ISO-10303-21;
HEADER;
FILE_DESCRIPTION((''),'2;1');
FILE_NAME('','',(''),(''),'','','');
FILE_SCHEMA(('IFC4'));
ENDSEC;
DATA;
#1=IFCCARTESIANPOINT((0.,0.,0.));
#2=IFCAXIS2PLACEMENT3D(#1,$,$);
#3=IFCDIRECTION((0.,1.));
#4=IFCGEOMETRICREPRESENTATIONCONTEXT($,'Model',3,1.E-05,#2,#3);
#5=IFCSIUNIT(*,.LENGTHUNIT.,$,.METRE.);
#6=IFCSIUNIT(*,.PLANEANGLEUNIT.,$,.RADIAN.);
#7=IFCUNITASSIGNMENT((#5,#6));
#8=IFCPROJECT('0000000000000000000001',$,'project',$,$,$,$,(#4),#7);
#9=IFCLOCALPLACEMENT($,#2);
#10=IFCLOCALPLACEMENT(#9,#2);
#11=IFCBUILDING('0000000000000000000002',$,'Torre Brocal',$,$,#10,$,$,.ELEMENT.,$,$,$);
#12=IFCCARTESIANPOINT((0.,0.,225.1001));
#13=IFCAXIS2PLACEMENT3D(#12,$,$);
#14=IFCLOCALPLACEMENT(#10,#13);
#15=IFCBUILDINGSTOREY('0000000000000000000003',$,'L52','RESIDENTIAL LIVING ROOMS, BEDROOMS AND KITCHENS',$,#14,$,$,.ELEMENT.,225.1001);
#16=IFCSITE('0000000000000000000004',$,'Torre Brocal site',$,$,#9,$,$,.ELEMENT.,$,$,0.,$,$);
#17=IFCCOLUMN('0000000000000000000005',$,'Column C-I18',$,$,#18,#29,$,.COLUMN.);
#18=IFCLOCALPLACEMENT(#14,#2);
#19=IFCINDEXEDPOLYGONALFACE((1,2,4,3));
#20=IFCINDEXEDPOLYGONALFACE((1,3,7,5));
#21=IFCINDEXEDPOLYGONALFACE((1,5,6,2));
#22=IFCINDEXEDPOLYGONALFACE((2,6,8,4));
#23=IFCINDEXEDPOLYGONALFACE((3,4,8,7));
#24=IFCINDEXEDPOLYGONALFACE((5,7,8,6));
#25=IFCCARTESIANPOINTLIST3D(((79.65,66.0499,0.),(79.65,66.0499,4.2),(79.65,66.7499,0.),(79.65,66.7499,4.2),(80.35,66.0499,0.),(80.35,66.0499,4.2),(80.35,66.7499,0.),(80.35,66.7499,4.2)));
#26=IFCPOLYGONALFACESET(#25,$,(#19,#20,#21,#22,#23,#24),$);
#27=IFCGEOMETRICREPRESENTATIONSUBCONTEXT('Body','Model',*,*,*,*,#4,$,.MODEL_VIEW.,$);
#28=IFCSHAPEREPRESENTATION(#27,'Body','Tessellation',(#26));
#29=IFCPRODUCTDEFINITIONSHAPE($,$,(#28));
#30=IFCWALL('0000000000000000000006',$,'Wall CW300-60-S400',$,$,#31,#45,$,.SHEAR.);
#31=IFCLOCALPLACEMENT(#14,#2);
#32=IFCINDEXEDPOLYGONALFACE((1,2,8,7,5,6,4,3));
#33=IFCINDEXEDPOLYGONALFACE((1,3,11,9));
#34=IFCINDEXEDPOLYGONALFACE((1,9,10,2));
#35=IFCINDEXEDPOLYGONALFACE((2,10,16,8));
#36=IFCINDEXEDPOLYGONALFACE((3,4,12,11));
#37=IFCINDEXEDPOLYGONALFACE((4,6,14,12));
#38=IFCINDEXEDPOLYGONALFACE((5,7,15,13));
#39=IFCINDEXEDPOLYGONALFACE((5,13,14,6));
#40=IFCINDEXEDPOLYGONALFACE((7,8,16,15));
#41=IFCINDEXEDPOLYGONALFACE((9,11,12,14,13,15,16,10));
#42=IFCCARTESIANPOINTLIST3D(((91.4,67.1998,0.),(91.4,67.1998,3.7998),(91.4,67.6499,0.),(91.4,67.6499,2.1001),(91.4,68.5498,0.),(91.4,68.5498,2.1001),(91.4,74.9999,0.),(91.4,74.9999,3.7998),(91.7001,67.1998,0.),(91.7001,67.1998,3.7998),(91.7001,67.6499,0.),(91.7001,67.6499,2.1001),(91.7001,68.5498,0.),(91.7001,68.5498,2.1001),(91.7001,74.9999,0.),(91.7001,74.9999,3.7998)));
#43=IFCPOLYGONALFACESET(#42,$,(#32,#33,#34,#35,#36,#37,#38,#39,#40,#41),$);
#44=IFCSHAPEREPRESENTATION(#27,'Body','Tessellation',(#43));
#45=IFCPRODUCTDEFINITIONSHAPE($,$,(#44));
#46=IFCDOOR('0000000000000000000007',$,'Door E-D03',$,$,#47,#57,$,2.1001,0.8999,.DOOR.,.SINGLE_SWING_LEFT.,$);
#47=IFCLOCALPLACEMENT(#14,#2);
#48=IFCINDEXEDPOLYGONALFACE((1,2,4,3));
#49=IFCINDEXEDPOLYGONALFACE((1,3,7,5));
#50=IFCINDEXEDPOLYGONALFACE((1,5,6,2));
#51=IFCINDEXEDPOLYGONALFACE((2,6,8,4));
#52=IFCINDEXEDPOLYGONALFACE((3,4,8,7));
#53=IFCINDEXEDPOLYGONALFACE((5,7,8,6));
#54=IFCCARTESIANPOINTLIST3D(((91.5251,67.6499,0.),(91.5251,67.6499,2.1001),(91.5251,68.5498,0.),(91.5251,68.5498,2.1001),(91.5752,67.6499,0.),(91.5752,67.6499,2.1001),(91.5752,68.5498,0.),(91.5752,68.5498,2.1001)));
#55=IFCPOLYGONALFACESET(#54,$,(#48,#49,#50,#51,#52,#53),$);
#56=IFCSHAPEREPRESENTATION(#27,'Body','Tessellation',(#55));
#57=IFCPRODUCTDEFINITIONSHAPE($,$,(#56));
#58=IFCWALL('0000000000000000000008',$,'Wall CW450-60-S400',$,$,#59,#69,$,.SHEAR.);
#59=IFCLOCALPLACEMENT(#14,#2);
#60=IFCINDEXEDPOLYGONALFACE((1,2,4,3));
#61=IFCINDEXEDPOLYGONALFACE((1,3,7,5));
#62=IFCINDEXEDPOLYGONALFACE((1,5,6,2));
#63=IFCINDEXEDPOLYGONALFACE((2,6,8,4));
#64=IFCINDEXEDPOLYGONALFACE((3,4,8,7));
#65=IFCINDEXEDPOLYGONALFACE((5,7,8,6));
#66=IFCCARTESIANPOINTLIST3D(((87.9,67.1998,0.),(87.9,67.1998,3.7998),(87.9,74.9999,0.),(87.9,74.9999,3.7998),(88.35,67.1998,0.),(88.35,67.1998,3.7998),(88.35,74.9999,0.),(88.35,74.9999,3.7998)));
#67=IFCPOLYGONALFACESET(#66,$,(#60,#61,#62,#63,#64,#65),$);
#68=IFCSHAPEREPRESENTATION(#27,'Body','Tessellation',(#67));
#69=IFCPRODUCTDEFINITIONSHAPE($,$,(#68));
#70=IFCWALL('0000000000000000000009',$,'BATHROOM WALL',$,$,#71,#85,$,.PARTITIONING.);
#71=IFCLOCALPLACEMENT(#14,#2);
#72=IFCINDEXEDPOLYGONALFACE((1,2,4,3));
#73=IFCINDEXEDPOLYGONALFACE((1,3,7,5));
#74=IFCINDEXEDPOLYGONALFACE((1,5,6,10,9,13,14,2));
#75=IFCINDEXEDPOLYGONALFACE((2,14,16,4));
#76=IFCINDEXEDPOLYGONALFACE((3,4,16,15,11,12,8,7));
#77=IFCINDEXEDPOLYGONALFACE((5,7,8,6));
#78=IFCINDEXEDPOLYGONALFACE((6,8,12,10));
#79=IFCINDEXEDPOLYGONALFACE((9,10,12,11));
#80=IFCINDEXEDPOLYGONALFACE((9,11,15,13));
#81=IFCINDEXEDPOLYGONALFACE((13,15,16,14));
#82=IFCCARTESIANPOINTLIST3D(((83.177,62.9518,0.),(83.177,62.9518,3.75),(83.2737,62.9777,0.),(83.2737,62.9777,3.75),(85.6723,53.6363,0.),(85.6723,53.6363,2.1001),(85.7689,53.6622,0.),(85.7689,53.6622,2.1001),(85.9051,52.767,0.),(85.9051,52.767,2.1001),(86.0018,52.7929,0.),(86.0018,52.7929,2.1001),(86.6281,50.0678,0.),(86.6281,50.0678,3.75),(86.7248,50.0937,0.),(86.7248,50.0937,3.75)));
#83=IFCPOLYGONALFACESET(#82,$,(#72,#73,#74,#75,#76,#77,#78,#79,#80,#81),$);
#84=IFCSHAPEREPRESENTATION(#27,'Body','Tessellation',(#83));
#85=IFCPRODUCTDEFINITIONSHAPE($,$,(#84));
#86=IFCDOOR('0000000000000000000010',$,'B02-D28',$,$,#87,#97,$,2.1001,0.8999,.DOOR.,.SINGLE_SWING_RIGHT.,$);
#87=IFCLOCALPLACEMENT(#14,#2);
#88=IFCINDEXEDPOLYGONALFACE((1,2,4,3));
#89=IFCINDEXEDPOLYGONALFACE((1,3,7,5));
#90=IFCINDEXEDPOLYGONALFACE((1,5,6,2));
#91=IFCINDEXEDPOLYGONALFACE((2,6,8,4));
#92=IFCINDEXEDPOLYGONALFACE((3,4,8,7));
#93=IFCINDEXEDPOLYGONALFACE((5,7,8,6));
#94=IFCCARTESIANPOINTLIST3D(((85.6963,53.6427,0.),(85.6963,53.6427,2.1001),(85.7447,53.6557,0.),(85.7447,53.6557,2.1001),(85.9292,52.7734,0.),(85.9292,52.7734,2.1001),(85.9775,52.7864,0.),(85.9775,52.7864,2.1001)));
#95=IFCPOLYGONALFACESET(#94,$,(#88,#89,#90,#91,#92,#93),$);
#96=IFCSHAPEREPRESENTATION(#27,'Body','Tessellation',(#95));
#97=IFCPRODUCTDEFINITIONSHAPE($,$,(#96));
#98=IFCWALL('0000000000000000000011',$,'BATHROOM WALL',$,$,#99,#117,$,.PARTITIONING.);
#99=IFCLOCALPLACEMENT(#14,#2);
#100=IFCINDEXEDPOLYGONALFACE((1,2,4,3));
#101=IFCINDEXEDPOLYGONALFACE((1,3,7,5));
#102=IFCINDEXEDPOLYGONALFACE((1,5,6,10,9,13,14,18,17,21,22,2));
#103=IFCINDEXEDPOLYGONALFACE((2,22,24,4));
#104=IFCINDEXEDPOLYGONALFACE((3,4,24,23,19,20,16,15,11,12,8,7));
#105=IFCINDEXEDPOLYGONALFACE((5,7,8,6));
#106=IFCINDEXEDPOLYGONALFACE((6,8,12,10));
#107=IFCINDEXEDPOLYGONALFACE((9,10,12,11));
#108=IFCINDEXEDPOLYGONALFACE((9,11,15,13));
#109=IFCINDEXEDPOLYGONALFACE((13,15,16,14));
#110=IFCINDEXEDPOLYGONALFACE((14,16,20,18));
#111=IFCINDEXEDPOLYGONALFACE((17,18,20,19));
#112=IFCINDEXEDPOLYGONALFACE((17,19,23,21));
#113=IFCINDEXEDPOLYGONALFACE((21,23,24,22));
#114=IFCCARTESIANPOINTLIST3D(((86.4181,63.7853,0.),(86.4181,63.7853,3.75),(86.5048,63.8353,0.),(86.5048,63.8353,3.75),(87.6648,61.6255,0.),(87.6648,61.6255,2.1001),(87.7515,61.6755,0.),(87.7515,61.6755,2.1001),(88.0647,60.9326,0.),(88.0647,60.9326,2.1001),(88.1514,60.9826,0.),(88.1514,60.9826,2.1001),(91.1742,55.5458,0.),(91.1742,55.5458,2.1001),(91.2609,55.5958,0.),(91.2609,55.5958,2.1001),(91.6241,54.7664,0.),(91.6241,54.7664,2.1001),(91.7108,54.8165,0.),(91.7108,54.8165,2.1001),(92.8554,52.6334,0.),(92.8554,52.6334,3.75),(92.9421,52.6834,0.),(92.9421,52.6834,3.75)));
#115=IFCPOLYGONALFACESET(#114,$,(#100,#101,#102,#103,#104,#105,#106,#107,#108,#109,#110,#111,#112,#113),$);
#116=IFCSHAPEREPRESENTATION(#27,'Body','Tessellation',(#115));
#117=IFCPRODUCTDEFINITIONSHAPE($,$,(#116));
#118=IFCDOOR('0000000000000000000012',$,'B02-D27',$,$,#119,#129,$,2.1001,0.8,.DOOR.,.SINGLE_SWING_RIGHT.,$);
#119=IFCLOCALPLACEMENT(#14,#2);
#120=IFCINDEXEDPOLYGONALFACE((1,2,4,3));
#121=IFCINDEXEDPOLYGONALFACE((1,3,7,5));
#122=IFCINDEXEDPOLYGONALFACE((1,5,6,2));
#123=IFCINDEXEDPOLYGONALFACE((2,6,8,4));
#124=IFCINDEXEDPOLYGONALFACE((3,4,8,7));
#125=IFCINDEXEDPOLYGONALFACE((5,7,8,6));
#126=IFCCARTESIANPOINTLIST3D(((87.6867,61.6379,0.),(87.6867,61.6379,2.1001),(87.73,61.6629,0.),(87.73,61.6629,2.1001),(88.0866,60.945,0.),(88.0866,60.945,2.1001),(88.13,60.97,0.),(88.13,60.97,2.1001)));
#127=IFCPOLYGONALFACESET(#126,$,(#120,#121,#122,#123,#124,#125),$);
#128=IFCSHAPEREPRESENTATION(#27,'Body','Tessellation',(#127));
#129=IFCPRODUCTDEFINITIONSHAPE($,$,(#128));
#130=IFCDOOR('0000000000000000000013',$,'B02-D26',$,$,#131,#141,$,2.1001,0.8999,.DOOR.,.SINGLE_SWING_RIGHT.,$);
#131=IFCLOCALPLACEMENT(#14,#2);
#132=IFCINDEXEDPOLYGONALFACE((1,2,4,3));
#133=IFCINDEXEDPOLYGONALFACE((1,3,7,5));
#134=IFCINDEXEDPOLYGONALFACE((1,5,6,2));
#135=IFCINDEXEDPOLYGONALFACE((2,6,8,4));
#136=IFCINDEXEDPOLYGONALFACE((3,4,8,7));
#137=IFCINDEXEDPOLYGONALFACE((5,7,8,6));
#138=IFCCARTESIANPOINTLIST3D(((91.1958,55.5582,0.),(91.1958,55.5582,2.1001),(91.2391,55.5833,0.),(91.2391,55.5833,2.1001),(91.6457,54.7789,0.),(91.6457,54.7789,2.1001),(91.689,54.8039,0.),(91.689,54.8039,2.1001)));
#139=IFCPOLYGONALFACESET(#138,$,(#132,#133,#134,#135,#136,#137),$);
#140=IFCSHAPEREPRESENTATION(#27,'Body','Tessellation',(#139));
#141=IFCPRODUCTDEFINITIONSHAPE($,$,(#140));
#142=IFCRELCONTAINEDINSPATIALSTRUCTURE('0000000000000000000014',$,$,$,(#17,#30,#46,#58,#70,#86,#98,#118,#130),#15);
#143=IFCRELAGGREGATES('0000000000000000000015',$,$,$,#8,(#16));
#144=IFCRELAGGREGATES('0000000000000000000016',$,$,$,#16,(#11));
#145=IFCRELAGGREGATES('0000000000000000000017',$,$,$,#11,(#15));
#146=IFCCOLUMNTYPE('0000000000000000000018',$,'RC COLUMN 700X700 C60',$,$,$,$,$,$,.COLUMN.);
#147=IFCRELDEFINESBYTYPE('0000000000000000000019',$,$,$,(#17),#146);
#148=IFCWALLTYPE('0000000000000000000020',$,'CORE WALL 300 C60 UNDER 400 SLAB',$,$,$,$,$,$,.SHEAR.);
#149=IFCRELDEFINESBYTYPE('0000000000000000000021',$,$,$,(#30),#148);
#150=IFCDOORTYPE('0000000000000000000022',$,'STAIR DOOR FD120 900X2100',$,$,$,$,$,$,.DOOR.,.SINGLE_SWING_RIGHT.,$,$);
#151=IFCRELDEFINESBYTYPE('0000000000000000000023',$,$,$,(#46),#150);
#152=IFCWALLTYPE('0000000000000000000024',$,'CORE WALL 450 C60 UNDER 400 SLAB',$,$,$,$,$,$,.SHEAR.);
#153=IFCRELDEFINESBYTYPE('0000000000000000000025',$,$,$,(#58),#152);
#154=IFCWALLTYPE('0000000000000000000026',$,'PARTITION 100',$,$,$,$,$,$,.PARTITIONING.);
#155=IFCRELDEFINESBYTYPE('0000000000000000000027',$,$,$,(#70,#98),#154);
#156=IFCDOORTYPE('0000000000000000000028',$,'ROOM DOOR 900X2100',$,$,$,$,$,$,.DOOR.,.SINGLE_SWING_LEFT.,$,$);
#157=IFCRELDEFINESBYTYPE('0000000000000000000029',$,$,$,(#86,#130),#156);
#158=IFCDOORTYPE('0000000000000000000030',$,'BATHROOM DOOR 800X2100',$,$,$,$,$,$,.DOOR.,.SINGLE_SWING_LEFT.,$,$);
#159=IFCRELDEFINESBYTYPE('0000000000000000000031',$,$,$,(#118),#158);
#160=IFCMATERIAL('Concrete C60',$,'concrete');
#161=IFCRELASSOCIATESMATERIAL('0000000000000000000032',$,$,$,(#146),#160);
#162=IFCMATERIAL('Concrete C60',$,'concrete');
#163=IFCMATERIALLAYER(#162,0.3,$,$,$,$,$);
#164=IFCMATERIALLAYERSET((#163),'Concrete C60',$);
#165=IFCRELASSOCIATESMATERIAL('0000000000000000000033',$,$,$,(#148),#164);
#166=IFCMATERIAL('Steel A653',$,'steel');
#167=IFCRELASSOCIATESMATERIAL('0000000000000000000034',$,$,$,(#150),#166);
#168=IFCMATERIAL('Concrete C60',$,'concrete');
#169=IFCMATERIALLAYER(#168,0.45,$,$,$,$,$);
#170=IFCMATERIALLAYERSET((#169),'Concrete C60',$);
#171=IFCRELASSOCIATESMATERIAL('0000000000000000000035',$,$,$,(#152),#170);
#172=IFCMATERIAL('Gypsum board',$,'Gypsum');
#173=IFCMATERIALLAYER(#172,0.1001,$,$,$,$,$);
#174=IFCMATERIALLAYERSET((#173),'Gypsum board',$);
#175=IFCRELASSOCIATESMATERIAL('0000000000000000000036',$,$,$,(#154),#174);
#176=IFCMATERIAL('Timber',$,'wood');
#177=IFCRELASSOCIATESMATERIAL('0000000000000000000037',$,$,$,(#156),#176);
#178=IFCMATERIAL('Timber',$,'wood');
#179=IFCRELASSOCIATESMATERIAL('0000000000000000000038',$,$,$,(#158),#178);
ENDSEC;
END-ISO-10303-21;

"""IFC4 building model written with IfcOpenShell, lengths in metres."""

from ifc_helpers import new_model, si_unit, direction, frame, frame_2d, origin, origin_2d, place, context, subcontext, project, spatial, rectangle, extrude, material, layer, layer_set, material_profile, profile_set, type_object, element, fill, save


model = new_model("IFC4")

# Units and contexts
model_context = context("Model", 3, precision=1e-05, world=origin(), true_north=direction((0.0, 1.0)))
body_context = subcontext(model_context, "Body", "Model", "MODEL_VIEW")
ifc_project = project(units=[si_unit("LENGTHUNIT", "METRE"), si_unit("PLANEANGLEUNIT", "RADIAN")], contexts=[model_context])

# Site, building, storey
site_placement = place(None, origin())
site = spatial("IfcSite", under=ifc_project, at=site_placement, Name="Torre Brocal site", CompositionType="ELEMENT", RefElevation=0.0)
building_placement = place(site_placement, origin())
building = spatial("IfcBuilding", under=site, at=building_placement, Name="Torre Brocal", CompositionType="ELEMENT")
storey_placement = place(building_placement, frame((0.0, 0.0, 225.1001)))
storey = spatial("IfcBuildingStorey", under=building, at=storey_placement, Name="L52", Description="RESIDENTIAL LIVING ROOMS, BEDROOMS AND KITCHENS", CompositionType="ELEMENT", Elevation=225.1001)

# Column
ifc_material_1 = material(Name="Concrete C60", Category="concrete")
ifc_material_profile = material_profile(ifc_material_1, rectangle(XDim=0.7, YDim=0.7, at=origin_2d()), Name="RC 700X700")
ifc_profile_set = profile_set([ifc_material_profile], Name="Concrete C60")
column_type = type_object("IfcColumnType", Name="RC COLUMN 700X700 C60", PredefinedType="COLUMN", material=ifc_profile_set)
column_placement = place(storey_placement, frame((80.0, 66.3999, 0.0), z_axis=(0.0, 0.0, 1.0), x_axis=(0.0, -1.0, 0.0)))
element("IfcColumn", 1, at=column_placement, inside=storey, type_object=column_type, Name="Column C-I18", PredefinedType="COLUMN", context=body_context, shape_type="SweptSolid", body=[
    extrude(rectangle(XDim=0.7, YDim=0.7, at=origin_2d()), origin(), (0.0, 0.0, 1.0), 4.2),
])

# Wall, opening, door
ifc_material_2 = material(Name="Concrete C60", Category="concrete")
ifc_layer_1 = layer(ifc_material_2, 0.3)
ifc_layer_set_1 = layer_set([ifc_layer_1], Name="Concrete C60")
wall_type_1 = type_object("IfcWallType", Name="CORE WALL 300 C60 UNDER 400 SLAB", PredefinedType="SHEAR", material=ifc_layer_set_1)
wall_1_placement = place(storey_placement, frame((91.55, 67.2, 0.0), z_axis=(0.0, 0.0, 1.0), x_axis=(0.0, 1.0, 0.0)))
wall_1 = element("IfcWall", 2, at=wall_1_placement, inside=storey, type_object=wall_type_1, Name="Wall CW300-60-S400", PredefinedType="SHEAR", context=body_context, shape_type="SweptSolid", body=[
    extrude(rectangle(XDim=7.8, YDim=0.3, at=frame_2d((3.8999, 0.0))), origin(), (0.0, 0.0, 1.0), 3.7998),
])
opening_1_placement = place(wall_1_placement, frame((0.45, 0.0, 0.0)))
opening_1 = element("IfcOpeningElement", 3, at=opening_1_placement, cuts=wall_1, PredefinedType="OPENING", context=body_context, shape_type="SweptSolid", body=[
    extrude(rectangle(XDim=0.8999, YDim=2.1001, at=frame_2d((0.45, 1.05))), frame((0.0, 0.1599, 0.0), z_axis=(0.0, -1.0, 0.0), x_axis=(1.0, 0.0, 0.0)), (0.0, 0.0, 1.0), 0.3201),
])
ifc_material_3 = material(Name="Steel A653", Category="steel")
door_type_1 = type_object("IfcDoorType", Name="STAIR DOOR FD120 900X2100", OperationType="SINGLE_SWING_RIGHT", PredefinedType="DOOR", material=ifc_material_3)
door_1_placement = place(opening_1_placement, origin())
door_1 = element("IfcDoor", 4, at=door_1_placement, inside=storey, type_object=door_type_1, Name="Door E-D03", OperationType="SINGLE_SWING_LEFT", OverallHeight=2.1001, OverallWidth=0.8999, PredefinedType="DOOR", context=body_context, shape_type="SweptSolid", body=[
    extrude(rectangle(XDim=0.8999, YDim=2.1001, at=frame_2d((0.45, 1.05))), frame((0.0, 0.0249, 0.0), z_axis=(0.0, -1.0, 0.0), x_axis=(1.0, 0.0, 0.0)), (0.0, 0.0, 1.0), 0.05),
])
fill(opening_1, door_1)

# Wall
ifc_material_4 = material(Name="Concrete C60", Category="concrete")
ifc_layer_2 = layer(ifc_material_4, 0.45)
ifc_layer_set_2 = layer_set([ifc_layer_2], Name="Concrete C60")
wall_type_2 = type_object("IfcWallType", Name="CORE WALL 450 C60 UNDER 400 SLAB", PredefinedType="SHEAR", material=ifc_layer_set_2)
wall_2_placement = place(storey_placement, frame((88.125, 67.2, 0.0), z_axis=(0.0, 0.0, 1.0), x_axis=(0.0, 1.0, 0.0)))
element("IfcWall", 5, at=wall_2_placement, inside=storey, type_object=wall_type_2, Name="Wall CW450-60-S400", PredefinedType="SHEAR", context=body_context, shape_type="SweptSolid", body=[
    extrude(rectangle(XDim=7.8, YDim=0.45, at=frame_2d((3.8999, 0.0))), origin(), (0.0, 0.0, 1.0), 3.7998),
])

# Wall, opening, door
ifc_material_5 = material(Name="Gypsum board", Category="Gypsum")
ifc_layer_3 = layer(ifc_material_5, 0.1001)
ifc_layer_set_3 = layer_set([ifc_layer_3], Name="Gypsum board")
wall_type_3 = type_object("IfcWallType", Name="PARTITION 100", PredefinedType="PARTITIONING", material=ifc_layer_set_3)
wall_3_placement = place(storey_placement, frame((83.2253, 62.9646, 0.0), z_axis=(0.0, 0.0, 1.0), x_axis=(0.258742, -0.965946, 0.0)))
wall_3 = element("IfcWall", 6, at=wall_3_placement, inside=storey, type_object=wall_type_3, Name="BATHROOM WALL", PredefinedType="PARTITIONING", context=body_context, shape_type="SweptSolid", body=[
    extrude(rectangle(XDim=13.3381, YDim=0.1001, at=frame_2d((6.6689, 0.0))), origin(), (0.0, 0.0, 1.0), 3.75),
])
opening_2_placement = place(wall_3_placement, frame((9.6438, 0.0, 0.0)))
opening_2 = element("IfcOpeningElement", 7, at=opening_2_placement, cuts=wall_3, PredefinedType="OPENING", context=body_context, shape_type="SweptSolid", body=[
    extrude(rectangle(XDim=0.8999, YDim=2.1001, at=frame_2d((0.45, 1.05))), frame((0.0, 0.0601, 0.0), z_axis=(0.0, -1.0, 0.0), x_axis=(1.0, 0.0, 0.0)), (0.0, 0.0, 1.0), 0.1201),
])
ifc_material_6 = material(Name="Timber", Category="wood")
door_type_2 = type_object("IfcDoorType", Name="ROOM DOOR 900X2100", OperationType="SINGLE_SWING_LEFT", PredefinedType="DOOR", material=ifc_material_6)
door_2_placement = place(opening_2_placement, origin())
door_2 = element("IfcDoor", 8, at=door_2_placement, inside=storey, type_object=door_type_2, Name="B02-D28", OperationType="SINGLE_SWING_RIGHT", OverallHeight=2.1001, OverallWidth=0.8999, PredefinedType="DOOR", context=body_context, shape_type="SweptSolid", body=[
    extrude(rectangle(XDim=0.8999, YDim=2.1001, at=frame_2d((0.45, 1.05))), frame((0.0, 0.0249, 0.0), z_axis=(0.0, -1.0, 0.0), x_axis=(1.0, 0.0, 0.0)), (0.0, 0.0, 1.0), 0.05),
])
fill(opening_2, door_2)

# Wall, openings, doors
wall_4_placement = place(storey_placement, frame((86.4614, 63.8103, 0.0), z_axis=(0.0, 0.0, 1.0), x_axis=(0.499926, -0.866068, 0.0)))
wall_4 = element("IfcWall", 9, at=wall_4_placement, inside=storey, type_object=wall_type_3, Name="BATHROOM WALL", PredefinedType="PARTITIONING", context=body_context, shape_type="SweptSolid", body=[
    extrude(rectangle(XDim=12.8765, YDim=0.1001, at=frame_2d((6.4382, 0.0))), origin(), (0.0, 0.0, 1.0), 3.75),
])
opening_3_placement = place(wall_4_placement, frame((9.5137, 0.0, 0.0)))
opening_3 = element("IfcOpeningElement", 10, at=opening_3_placement, cuts=wall_4, PredefinedType="OPENING", context=body_context, shape_type="SweptSolid", body=[
    extrude(rectangle(XDim=0.8999, YDim=2.1001, at=frame_2d((0.45, 1.05))), frame((0.0, 0.0601, 0.0), z_axis=(0.0, -1.0, 0.0), x_axis=(1.0, 0.0, 0.0)), (0.0, 0.0, 1.0), 0.1201),
])
opening_4_placement = place(wall_4_placement, frame((2.4939, 0.0, 0.0)))
opening_4 = element("IfcOpeningElement", 11, at=opening_4_placement, cuts=wall_4, PredefinedType="OPENING", context=body_context, shape_type="SweptSolid", body=[
    extrude(rectangle(XDim=0.8, YDim=2.1001, at=frame_2d((0.3999, 1.05))), frame((0.0, 0.0601, 0.0), z_axis=(0.0, -1.0, 0.0), x_axis=(1.0, 0.0, 0.0)), (0.0, 0.0, 1.0), 0.1201),
])
ifc_material_7 = material(Name="Timber", Category="wood")
door_type_3 = type_object("IfcDoorType", Name="BATHROOM DOOR 800X2100", OperationType="SINGLE_SWING_LEFT", PredefinedType="DOOR", material=ifc_material_7)
door_3_placement = place(opening_4_placement, frame((0.8, 0.0, 0.0), z_axis=(0.0, 0.0, 1.0), x_axis=(-1.0, 0.0, 0.0)))
door_3 = element("IfcDoor", 12, at=door_3_placement, inside=storey, type_object=door_type_3, Name="B02-D27", OperationType="SINGLE_SWING_RIGHT", OverallHeight=2.1001, OverallWidth=0.8, PredefinedType="DOOR", context=body_context, shape_type="SweptSolid", body=[
    extrude(rectangle(XDim=0.8, YDim=2.1001, at=frame_2d((0.3999, 1.05))), frame((0.0, 0.0249, 0.0), z_axis=(0.0, -1.0, 0.0), x_axis=(1.0, 0.0, 0.0)), (0.0, 0.0, 1.0), 0.05),
])
fill(opening_4, door_3)
door_4_placement = place(opening_3_placement, origin())
door_4 = element("IfcDoor", 13, at=door_4_placement, inside=storey, type_object=door_type_2, Name="B02-D26", OperationType="SINGLE_SWING_RIGHT", OverallHeight=2.1001, OverallWidth=0.8999, PredefinedType="DOOR", context=body_context, shape_type="SweptSolid", body=[
    extrude(rectangle(XDim=0.8999, YDim=2.1001, at=frame_2d((0.45, 1.05))), frame((0.0, 0.0249, 0.0), z_axis=(0.0, -1.0, 0.0), x_axis=(1.0, 0.0, 0.0)), (0.0, 0.0, 1.0), 0.05),
])
fill(opening_3, door_4)

save(model, "model.ifc")
